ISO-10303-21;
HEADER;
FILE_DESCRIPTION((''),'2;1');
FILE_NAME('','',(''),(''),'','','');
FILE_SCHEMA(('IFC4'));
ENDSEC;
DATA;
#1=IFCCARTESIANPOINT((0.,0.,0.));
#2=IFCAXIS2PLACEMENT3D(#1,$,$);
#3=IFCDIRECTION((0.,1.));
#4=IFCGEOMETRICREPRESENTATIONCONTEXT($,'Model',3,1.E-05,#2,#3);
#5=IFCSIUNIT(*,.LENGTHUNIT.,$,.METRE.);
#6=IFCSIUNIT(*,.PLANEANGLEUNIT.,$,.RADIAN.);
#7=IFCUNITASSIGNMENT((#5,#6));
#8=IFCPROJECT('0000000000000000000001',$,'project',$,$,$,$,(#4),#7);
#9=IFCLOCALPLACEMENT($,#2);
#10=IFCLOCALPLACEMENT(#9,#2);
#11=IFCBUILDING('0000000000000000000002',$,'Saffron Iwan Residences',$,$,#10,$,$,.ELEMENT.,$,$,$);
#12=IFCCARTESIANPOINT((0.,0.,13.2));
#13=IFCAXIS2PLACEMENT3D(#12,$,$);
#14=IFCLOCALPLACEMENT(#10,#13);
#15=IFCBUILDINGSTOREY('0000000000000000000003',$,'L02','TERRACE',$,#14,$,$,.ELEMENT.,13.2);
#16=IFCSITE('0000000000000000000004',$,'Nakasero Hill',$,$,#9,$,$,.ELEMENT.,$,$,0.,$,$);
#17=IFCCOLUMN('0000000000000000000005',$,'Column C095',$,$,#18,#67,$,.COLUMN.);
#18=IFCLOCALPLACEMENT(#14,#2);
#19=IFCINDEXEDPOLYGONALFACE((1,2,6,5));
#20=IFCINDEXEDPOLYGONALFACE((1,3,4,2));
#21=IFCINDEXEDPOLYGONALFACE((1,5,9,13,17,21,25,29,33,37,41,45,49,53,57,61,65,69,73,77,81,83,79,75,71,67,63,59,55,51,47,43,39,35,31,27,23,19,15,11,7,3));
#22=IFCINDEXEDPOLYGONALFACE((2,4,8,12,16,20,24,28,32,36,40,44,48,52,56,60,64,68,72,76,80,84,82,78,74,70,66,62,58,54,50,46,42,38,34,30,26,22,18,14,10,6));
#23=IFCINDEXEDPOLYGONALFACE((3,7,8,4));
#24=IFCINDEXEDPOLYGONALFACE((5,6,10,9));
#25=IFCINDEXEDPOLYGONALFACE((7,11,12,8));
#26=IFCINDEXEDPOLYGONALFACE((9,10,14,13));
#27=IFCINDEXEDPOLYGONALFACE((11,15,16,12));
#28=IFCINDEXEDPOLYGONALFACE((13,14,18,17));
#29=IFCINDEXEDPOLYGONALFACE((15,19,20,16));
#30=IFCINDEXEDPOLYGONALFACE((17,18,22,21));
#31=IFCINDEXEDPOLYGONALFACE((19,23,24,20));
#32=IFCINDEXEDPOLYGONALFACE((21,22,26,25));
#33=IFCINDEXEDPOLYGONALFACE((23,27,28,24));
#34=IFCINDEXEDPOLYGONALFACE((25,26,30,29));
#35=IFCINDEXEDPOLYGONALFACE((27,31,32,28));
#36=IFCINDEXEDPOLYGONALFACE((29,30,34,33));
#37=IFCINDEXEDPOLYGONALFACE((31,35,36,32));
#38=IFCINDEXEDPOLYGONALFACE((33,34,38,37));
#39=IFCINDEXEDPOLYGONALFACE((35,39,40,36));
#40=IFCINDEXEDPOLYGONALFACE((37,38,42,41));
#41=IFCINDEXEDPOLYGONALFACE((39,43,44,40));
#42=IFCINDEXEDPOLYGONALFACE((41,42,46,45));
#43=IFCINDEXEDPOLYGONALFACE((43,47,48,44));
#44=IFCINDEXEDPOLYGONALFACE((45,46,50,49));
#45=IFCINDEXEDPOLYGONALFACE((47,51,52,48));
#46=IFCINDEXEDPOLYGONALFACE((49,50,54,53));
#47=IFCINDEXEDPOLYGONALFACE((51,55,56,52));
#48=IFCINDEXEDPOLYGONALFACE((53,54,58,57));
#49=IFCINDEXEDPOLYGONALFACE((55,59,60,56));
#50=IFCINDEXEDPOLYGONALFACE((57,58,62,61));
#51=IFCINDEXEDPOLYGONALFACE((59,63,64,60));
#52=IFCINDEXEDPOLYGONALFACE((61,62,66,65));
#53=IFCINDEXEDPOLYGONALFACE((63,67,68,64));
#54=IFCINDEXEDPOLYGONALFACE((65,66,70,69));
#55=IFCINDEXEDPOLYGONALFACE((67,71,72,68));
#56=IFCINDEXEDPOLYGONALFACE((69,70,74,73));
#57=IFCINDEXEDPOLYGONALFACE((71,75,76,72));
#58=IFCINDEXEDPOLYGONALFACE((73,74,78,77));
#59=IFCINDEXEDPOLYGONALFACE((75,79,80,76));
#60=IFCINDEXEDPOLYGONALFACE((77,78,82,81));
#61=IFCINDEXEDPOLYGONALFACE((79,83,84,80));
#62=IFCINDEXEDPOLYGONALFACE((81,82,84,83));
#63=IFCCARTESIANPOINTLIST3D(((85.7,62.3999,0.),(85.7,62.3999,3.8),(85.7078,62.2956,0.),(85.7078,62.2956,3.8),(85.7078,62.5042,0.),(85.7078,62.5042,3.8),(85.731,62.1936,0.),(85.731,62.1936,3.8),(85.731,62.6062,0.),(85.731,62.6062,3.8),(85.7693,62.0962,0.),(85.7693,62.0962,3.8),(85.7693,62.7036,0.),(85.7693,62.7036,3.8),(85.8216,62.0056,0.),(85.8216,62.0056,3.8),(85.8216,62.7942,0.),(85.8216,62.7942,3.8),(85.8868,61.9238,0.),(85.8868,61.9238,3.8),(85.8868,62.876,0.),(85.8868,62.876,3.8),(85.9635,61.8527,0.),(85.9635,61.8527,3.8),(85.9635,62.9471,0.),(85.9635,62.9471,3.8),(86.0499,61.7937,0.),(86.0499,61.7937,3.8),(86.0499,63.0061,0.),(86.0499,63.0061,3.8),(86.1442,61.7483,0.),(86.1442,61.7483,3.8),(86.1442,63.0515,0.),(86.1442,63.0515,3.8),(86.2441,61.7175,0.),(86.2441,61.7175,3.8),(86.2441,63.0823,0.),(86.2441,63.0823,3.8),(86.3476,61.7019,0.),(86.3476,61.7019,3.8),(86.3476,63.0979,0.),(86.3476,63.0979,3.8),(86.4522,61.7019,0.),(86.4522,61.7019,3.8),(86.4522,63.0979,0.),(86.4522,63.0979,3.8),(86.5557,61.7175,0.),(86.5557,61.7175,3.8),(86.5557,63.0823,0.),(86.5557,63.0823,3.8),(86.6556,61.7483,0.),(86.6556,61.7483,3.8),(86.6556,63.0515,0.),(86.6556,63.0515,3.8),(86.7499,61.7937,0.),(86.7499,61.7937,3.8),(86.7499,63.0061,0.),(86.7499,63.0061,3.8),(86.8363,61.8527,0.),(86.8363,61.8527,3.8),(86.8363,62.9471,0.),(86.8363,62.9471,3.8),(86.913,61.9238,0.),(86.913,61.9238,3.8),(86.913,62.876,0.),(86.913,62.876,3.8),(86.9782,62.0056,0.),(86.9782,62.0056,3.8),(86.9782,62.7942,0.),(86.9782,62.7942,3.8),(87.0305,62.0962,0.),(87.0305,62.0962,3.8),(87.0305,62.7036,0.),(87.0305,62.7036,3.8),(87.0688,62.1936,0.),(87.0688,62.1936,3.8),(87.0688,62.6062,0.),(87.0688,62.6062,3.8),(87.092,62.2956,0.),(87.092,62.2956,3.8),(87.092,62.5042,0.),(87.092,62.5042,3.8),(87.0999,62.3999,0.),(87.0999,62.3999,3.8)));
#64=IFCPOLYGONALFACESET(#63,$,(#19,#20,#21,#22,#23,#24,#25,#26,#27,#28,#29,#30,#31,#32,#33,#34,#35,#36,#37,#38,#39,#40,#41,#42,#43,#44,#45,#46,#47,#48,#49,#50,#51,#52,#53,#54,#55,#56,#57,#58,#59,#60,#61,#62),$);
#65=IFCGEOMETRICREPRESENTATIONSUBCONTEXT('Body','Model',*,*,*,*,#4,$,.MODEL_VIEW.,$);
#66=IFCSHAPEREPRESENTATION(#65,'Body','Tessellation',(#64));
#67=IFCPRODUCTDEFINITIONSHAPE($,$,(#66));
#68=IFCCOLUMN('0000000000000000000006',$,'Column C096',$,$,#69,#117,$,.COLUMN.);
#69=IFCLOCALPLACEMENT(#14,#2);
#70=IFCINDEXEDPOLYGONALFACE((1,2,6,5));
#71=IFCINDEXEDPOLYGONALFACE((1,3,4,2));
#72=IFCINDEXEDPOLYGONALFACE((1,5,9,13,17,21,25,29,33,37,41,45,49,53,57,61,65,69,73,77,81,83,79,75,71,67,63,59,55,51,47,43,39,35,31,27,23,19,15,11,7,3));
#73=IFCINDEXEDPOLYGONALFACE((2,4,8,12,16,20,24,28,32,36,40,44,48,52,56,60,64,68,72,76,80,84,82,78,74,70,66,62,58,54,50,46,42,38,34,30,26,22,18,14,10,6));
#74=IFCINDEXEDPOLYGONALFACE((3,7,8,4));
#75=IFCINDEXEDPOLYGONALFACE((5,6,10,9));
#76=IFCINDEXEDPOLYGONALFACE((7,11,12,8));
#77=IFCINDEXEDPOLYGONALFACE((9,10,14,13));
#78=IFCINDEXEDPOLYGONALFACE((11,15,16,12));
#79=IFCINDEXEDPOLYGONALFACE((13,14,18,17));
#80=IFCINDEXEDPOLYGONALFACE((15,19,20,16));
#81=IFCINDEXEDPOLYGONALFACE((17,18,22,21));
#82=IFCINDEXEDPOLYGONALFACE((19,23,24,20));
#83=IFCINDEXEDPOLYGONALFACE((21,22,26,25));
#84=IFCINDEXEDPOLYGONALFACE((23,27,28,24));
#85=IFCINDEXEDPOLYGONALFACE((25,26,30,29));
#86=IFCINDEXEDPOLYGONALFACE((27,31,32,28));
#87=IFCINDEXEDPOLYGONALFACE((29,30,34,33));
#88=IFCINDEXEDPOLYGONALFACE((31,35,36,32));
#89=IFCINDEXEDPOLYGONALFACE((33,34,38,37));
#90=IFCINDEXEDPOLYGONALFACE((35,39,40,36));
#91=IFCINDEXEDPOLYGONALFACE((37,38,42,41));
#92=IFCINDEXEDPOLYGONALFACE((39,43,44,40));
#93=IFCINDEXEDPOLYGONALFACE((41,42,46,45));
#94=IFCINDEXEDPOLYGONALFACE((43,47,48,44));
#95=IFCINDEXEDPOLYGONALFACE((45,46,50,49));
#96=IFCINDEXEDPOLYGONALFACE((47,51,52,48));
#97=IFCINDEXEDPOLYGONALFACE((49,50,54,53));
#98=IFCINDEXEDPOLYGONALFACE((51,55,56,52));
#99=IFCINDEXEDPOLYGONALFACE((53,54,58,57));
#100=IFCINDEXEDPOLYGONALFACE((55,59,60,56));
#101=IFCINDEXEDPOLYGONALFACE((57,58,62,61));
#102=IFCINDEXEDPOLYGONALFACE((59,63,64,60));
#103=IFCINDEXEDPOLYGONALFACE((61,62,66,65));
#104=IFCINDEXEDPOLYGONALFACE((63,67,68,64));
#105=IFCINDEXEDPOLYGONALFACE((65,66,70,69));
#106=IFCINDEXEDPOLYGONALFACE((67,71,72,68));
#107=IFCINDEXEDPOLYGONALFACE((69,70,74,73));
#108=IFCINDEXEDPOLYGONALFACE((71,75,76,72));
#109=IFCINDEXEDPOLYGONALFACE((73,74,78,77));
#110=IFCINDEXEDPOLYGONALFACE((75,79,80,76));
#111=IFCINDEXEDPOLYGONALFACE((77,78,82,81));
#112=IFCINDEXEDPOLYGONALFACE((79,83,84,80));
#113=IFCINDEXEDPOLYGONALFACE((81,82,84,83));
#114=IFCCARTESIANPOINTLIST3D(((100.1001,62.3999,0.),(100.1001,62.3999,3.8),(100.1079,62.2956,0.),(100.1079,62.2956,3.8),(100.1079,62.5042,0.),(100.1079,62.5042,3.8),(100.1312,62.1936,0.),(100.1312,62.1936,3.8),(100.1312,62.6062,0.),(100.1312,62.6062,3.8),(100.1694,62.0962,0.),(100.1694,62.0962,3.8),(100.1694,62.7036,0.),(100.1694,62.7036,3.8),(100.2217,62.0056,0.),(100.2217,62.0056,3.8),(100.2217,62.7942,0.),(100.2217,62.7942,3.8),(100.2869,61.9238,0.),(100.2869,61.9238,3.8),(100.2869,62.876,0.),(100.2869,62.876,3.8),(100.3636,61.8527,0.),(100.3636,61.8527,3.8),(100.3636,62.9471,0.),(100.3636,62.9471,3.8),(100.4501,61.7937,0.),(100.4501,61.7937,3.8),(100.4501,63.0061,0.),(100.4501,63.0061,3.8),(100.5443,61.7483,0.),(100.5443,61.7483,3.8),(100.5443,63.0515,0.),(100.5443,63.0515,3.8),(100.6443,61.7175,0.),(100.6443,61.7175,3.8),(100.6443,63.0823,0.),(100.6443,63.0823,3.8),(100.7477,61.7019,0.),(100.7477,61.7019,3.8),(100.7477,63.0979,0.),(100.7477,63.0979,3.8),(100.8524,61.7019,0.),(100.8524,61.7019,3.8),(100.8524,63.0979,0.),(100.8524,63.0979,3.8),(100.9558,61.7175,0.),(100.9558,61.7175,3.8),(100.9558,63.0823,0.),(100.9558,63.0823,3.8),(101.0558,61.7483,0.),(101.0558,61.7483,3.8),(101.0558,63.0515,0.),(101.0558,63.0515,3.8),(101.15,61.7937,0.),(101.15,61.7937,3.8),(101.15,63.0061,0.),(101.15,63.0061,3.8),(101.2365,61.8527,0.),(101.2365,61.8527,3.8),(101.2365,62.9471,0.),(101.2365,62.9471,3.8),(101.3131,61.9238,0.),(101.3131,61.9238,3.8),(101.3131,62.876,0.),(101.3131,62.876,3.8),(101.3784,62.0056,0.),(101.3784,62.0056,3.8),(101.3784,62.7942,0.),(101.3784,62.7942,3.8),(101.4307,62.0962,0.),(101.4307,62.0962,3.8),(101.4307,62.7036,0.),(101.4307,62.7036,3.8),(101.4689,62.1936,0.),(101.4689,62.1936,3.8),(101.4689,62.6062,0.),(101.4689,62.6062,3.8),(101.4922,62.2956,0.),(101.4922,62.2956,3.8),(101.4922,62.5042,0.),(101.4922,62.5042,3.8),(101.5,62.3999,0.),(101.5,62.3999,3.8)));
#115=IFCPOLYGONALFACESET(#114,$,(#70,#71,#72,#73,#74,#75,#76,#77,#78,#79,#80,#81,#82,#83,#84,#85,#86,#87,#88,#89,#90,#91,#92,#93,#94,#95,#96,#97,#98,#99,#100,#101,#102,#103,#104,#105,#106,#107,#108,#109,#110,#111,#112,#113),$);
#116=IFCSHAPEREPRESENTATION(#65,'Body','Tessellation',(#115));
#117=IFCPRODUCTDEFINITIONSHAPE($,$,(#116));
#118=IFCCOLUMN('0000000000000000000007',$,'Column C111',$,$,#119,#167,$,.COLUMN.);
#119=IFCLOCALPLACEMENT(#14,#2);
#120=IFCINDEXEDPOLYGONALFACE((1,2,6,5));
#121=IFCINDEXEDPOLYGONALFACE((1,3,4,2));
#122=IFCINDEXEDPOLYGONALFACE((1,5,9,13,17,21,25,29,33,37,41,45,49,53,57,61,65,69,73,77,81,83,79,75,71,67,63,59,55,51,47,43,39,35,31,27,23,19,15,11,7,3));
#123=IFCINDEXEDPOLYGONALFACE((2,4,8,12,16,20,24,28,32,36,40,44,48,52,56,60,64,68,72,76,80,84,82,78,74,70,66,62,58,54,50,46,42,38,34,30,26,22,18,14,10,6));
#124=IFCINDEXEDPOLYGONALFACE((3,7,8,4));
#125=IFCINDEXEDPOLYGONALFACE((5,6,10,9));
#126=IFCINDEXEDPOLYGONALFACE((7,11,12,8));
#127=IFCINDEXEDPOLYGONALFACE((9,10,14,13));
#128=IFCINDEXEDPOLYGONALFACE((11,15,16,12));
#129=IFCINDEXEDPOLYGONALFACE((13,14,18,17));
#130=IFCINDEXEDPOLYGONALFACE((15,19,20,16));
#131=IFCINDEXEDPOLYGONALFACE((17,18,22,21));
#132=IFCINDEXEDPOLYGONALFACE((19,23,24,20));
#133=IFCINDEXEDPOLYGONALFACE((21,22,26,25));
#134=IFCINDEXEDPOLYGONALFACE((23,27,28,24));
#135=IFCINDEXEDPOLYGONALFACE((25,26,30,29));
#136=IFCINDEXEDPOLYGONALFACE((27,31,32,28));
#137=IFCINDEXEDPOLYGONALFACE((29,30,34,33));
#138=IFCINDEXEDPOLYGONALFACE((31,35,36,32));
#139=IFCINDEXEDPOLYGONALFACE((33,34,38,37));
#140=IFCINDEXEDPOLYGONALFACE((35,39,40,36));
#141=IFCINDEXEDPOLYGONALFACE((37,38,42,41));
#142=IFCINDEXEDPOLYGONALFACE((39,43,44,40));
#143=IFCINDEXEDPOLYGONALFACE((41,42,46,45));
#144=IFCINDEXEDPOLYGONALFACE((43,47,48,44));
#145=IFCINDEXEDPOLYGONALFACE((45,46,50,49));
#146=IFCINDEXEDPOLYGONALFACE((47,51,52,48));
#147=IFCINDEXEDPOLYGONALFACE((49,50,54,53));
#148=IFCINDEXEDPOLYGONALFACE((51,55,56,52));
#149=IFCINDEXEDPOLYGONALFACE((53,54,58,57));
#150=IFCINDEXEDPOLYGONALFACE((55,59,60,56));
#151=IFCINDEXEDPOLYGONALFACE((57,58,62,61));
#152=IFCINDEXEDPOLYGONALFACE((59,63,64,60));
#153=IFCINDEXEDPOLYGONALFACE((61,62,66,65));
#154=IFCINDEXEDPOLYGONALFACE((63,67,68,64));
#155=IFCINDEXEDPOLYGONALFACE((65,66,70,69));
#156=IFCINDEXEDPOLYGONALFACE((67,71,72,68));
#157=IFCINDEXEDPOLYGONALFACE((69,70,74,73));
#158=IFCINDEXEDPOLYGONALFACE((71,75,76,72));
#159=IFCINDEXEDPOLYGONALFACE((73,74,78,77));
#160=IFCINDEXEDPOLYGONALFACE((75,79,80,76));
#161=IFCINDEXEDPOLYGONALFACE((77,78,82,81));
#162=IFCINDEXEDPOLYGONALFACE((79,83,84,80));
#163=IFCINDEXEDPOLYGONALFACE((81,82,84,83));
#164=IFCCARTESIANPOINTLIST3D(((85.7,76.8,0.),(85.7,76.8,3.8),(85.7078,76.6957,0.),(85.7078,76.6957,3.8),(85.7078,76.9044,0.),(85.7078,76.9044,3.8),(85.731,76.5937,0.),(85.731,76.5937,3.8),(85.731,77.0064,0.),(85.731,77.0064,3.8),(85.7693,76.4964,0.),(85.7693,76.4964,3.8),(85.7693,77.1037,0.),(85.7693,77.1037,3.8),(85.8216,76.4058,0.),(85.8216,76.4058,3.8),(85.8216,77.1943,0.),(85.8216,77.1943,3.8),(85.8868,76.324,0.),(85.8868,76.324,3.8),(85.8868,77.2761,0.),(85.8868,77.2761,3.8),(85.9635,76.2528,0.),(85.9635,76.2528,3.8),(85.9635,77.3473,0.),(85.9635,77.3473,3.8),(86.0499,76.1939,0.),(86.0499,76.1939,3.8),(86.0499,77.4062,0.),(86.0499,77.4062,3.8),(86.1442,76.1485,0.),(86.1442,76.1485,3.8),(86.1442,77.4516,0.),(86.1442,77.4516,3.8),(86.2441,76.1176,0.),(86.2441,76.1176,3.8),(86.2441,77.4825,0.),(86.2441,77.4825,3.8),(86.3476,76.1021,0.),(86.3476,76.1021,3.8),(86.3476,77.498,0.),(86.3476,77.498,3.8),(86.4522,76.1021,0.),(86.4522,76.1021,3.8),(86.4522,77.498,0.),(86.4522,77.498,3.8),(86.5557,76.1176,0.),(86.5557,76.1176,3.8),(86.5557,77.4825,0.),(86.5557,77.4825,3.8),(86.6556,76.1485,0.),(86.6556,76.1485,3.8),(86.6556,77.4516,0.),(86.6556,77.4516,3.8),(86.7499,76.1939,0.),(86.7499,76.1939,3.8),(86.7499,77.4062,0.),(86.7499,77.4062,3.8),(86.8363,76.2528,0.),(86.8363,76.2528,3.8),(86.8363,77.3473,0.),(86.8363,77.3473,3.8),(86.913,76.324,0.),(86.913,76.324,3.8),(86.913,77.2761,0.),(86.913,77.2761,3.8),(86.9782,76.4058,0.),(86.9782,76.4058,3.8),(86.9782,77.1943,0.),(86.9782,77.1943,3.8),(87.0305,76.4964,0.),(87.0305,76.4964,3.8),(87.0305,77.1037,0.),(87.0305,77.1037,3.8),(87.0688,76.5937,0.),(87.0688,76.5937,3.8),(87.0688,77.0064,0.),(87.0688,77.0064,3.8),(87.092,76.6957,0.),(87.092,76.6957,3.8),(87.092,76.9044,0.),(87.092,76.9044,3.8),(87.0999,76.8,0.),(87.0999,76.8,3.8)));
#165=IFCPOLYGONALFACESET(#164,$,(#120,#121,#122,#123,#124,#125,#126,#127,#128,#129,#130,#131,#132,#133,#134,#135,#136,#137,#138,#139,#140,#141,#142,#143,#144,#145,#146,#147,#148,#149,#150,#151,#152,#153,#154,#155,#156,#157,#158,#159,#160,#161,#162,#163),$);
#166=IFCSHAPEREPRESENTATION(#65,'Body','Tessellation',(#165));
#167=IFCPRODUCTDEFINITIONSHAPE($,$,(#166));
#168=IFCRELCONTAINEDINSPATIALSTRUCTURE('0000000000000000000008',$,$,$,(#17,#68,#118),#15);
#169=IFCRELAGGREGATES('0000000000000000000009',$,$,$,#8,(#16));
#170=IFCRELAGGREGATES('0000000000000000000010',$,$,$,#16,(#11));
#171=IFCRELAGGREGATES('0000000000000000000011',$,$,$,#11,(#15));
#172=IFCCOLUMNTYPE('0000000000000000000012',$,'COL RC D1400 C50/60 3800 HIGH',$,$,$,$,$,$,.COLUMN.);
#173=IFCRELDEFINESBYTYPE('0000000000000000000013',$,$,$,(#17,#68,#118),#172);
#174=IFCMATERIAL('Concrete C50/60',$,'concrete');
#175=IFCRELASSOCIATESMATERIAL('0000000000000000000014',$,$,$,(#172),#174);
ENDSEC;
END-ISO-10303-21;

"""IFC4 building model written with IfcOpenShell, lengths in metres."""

from ifc_helpers import new_model, si_unit, direction, frame, origin, origin_2d, place, context, subcontext, project, spatial, circle, extrude, source, transform, mapped, material, material_profile, profile_set, type_object, element, save


model = new_model("IFC4")

# Units and contexts
model_context = context("Model", 3, precision=1e-05, world=origin(), true_north=direction((0.0, 1.0)))
body_context = subcontext(model_context, "Body", "Model", "MODEL_VIEW")
ifc_project = project(units=[si_unit("LENGTHUNIT", "METRE"), si_unit("PLANEANGLEUNIT", "RADIAN")], contexts=[model_context])

# Site, building, storey
site_placement = place(None, origin())
site = spatial("IfcSite", under=ifc_project, at=site_placement, Name="Nakasero Hill", CompositionType="ELEMENT", RefElevation=0.0)
building_placement = place(site_placement, origin())
building = spatial("IfcBuilding", under=site, at=building_placement, Name="Saffron Iwan Residences", CompositionType="ELEMENT")
storey_placement = place(building_placement, frame((0.0, 0.0, 13.2)))
storey = spatial("IfcBuildingStorey", under=building, at=storey_placement, Name="L02", Description="TERRACE", CompositionType="ELEMENT", Elevation=13.2)

# Columns
ifc_material_1 = material(Name="Concrete C50/60", Category="concrete")
ifc_material_profile_1 = material_profile(ifc_material_1, circle(Radius=0.7, at=origin_2d()), Name="RC D1400")
ifc_profile_set_1 = profile_set([ifc_material_profile_1], Name="Concrete C50/60")
column_type = type_object("IfcColumnType", Name="COL RC D1400 C50/60 3800 HIGH", PredefinedType="COLUMN", material=ifc_profile_set_1)
shared_shape_1 = source(origin(), body_context, "Body", "SweptSolid", [
    extrude(circle(Radius=0.7, at=origin_2d()), origin(), (0.0, 0.0, 1.0), 3.8),
])
for number, where, z_axis, x_axis, name in (
    (1, (86.3999, 62.3999, 0.0), (0.0, 0.0, 1.0), (1.0, 0.0, 0.0), "Column C095"),
    (2, (100.8, 62.3999, 0.0), (0.0, 0.0, 1.0), (1.0, 0.0, 0.0), "Column C096"),
    (3, (86.3999, 76.8, 0.0), (0.0, 0.0, 1.0), (1.0, 0.0, 0.0), "Column C111"),
):
    element("IfcColumn", number, at=place(storey_placement, frame(where, z_axis=z_axis, x_axis=x_axis)), inside=storey, type_object=column_type, Name=name, PredefinedType="COLUMN", context=body_context, shape_type="MappedRepresentation", body=[
        mapped(shared_shape_1, transform((0.0, 0.0, 0.0))),
    ])

save(model, "model.ifc")
